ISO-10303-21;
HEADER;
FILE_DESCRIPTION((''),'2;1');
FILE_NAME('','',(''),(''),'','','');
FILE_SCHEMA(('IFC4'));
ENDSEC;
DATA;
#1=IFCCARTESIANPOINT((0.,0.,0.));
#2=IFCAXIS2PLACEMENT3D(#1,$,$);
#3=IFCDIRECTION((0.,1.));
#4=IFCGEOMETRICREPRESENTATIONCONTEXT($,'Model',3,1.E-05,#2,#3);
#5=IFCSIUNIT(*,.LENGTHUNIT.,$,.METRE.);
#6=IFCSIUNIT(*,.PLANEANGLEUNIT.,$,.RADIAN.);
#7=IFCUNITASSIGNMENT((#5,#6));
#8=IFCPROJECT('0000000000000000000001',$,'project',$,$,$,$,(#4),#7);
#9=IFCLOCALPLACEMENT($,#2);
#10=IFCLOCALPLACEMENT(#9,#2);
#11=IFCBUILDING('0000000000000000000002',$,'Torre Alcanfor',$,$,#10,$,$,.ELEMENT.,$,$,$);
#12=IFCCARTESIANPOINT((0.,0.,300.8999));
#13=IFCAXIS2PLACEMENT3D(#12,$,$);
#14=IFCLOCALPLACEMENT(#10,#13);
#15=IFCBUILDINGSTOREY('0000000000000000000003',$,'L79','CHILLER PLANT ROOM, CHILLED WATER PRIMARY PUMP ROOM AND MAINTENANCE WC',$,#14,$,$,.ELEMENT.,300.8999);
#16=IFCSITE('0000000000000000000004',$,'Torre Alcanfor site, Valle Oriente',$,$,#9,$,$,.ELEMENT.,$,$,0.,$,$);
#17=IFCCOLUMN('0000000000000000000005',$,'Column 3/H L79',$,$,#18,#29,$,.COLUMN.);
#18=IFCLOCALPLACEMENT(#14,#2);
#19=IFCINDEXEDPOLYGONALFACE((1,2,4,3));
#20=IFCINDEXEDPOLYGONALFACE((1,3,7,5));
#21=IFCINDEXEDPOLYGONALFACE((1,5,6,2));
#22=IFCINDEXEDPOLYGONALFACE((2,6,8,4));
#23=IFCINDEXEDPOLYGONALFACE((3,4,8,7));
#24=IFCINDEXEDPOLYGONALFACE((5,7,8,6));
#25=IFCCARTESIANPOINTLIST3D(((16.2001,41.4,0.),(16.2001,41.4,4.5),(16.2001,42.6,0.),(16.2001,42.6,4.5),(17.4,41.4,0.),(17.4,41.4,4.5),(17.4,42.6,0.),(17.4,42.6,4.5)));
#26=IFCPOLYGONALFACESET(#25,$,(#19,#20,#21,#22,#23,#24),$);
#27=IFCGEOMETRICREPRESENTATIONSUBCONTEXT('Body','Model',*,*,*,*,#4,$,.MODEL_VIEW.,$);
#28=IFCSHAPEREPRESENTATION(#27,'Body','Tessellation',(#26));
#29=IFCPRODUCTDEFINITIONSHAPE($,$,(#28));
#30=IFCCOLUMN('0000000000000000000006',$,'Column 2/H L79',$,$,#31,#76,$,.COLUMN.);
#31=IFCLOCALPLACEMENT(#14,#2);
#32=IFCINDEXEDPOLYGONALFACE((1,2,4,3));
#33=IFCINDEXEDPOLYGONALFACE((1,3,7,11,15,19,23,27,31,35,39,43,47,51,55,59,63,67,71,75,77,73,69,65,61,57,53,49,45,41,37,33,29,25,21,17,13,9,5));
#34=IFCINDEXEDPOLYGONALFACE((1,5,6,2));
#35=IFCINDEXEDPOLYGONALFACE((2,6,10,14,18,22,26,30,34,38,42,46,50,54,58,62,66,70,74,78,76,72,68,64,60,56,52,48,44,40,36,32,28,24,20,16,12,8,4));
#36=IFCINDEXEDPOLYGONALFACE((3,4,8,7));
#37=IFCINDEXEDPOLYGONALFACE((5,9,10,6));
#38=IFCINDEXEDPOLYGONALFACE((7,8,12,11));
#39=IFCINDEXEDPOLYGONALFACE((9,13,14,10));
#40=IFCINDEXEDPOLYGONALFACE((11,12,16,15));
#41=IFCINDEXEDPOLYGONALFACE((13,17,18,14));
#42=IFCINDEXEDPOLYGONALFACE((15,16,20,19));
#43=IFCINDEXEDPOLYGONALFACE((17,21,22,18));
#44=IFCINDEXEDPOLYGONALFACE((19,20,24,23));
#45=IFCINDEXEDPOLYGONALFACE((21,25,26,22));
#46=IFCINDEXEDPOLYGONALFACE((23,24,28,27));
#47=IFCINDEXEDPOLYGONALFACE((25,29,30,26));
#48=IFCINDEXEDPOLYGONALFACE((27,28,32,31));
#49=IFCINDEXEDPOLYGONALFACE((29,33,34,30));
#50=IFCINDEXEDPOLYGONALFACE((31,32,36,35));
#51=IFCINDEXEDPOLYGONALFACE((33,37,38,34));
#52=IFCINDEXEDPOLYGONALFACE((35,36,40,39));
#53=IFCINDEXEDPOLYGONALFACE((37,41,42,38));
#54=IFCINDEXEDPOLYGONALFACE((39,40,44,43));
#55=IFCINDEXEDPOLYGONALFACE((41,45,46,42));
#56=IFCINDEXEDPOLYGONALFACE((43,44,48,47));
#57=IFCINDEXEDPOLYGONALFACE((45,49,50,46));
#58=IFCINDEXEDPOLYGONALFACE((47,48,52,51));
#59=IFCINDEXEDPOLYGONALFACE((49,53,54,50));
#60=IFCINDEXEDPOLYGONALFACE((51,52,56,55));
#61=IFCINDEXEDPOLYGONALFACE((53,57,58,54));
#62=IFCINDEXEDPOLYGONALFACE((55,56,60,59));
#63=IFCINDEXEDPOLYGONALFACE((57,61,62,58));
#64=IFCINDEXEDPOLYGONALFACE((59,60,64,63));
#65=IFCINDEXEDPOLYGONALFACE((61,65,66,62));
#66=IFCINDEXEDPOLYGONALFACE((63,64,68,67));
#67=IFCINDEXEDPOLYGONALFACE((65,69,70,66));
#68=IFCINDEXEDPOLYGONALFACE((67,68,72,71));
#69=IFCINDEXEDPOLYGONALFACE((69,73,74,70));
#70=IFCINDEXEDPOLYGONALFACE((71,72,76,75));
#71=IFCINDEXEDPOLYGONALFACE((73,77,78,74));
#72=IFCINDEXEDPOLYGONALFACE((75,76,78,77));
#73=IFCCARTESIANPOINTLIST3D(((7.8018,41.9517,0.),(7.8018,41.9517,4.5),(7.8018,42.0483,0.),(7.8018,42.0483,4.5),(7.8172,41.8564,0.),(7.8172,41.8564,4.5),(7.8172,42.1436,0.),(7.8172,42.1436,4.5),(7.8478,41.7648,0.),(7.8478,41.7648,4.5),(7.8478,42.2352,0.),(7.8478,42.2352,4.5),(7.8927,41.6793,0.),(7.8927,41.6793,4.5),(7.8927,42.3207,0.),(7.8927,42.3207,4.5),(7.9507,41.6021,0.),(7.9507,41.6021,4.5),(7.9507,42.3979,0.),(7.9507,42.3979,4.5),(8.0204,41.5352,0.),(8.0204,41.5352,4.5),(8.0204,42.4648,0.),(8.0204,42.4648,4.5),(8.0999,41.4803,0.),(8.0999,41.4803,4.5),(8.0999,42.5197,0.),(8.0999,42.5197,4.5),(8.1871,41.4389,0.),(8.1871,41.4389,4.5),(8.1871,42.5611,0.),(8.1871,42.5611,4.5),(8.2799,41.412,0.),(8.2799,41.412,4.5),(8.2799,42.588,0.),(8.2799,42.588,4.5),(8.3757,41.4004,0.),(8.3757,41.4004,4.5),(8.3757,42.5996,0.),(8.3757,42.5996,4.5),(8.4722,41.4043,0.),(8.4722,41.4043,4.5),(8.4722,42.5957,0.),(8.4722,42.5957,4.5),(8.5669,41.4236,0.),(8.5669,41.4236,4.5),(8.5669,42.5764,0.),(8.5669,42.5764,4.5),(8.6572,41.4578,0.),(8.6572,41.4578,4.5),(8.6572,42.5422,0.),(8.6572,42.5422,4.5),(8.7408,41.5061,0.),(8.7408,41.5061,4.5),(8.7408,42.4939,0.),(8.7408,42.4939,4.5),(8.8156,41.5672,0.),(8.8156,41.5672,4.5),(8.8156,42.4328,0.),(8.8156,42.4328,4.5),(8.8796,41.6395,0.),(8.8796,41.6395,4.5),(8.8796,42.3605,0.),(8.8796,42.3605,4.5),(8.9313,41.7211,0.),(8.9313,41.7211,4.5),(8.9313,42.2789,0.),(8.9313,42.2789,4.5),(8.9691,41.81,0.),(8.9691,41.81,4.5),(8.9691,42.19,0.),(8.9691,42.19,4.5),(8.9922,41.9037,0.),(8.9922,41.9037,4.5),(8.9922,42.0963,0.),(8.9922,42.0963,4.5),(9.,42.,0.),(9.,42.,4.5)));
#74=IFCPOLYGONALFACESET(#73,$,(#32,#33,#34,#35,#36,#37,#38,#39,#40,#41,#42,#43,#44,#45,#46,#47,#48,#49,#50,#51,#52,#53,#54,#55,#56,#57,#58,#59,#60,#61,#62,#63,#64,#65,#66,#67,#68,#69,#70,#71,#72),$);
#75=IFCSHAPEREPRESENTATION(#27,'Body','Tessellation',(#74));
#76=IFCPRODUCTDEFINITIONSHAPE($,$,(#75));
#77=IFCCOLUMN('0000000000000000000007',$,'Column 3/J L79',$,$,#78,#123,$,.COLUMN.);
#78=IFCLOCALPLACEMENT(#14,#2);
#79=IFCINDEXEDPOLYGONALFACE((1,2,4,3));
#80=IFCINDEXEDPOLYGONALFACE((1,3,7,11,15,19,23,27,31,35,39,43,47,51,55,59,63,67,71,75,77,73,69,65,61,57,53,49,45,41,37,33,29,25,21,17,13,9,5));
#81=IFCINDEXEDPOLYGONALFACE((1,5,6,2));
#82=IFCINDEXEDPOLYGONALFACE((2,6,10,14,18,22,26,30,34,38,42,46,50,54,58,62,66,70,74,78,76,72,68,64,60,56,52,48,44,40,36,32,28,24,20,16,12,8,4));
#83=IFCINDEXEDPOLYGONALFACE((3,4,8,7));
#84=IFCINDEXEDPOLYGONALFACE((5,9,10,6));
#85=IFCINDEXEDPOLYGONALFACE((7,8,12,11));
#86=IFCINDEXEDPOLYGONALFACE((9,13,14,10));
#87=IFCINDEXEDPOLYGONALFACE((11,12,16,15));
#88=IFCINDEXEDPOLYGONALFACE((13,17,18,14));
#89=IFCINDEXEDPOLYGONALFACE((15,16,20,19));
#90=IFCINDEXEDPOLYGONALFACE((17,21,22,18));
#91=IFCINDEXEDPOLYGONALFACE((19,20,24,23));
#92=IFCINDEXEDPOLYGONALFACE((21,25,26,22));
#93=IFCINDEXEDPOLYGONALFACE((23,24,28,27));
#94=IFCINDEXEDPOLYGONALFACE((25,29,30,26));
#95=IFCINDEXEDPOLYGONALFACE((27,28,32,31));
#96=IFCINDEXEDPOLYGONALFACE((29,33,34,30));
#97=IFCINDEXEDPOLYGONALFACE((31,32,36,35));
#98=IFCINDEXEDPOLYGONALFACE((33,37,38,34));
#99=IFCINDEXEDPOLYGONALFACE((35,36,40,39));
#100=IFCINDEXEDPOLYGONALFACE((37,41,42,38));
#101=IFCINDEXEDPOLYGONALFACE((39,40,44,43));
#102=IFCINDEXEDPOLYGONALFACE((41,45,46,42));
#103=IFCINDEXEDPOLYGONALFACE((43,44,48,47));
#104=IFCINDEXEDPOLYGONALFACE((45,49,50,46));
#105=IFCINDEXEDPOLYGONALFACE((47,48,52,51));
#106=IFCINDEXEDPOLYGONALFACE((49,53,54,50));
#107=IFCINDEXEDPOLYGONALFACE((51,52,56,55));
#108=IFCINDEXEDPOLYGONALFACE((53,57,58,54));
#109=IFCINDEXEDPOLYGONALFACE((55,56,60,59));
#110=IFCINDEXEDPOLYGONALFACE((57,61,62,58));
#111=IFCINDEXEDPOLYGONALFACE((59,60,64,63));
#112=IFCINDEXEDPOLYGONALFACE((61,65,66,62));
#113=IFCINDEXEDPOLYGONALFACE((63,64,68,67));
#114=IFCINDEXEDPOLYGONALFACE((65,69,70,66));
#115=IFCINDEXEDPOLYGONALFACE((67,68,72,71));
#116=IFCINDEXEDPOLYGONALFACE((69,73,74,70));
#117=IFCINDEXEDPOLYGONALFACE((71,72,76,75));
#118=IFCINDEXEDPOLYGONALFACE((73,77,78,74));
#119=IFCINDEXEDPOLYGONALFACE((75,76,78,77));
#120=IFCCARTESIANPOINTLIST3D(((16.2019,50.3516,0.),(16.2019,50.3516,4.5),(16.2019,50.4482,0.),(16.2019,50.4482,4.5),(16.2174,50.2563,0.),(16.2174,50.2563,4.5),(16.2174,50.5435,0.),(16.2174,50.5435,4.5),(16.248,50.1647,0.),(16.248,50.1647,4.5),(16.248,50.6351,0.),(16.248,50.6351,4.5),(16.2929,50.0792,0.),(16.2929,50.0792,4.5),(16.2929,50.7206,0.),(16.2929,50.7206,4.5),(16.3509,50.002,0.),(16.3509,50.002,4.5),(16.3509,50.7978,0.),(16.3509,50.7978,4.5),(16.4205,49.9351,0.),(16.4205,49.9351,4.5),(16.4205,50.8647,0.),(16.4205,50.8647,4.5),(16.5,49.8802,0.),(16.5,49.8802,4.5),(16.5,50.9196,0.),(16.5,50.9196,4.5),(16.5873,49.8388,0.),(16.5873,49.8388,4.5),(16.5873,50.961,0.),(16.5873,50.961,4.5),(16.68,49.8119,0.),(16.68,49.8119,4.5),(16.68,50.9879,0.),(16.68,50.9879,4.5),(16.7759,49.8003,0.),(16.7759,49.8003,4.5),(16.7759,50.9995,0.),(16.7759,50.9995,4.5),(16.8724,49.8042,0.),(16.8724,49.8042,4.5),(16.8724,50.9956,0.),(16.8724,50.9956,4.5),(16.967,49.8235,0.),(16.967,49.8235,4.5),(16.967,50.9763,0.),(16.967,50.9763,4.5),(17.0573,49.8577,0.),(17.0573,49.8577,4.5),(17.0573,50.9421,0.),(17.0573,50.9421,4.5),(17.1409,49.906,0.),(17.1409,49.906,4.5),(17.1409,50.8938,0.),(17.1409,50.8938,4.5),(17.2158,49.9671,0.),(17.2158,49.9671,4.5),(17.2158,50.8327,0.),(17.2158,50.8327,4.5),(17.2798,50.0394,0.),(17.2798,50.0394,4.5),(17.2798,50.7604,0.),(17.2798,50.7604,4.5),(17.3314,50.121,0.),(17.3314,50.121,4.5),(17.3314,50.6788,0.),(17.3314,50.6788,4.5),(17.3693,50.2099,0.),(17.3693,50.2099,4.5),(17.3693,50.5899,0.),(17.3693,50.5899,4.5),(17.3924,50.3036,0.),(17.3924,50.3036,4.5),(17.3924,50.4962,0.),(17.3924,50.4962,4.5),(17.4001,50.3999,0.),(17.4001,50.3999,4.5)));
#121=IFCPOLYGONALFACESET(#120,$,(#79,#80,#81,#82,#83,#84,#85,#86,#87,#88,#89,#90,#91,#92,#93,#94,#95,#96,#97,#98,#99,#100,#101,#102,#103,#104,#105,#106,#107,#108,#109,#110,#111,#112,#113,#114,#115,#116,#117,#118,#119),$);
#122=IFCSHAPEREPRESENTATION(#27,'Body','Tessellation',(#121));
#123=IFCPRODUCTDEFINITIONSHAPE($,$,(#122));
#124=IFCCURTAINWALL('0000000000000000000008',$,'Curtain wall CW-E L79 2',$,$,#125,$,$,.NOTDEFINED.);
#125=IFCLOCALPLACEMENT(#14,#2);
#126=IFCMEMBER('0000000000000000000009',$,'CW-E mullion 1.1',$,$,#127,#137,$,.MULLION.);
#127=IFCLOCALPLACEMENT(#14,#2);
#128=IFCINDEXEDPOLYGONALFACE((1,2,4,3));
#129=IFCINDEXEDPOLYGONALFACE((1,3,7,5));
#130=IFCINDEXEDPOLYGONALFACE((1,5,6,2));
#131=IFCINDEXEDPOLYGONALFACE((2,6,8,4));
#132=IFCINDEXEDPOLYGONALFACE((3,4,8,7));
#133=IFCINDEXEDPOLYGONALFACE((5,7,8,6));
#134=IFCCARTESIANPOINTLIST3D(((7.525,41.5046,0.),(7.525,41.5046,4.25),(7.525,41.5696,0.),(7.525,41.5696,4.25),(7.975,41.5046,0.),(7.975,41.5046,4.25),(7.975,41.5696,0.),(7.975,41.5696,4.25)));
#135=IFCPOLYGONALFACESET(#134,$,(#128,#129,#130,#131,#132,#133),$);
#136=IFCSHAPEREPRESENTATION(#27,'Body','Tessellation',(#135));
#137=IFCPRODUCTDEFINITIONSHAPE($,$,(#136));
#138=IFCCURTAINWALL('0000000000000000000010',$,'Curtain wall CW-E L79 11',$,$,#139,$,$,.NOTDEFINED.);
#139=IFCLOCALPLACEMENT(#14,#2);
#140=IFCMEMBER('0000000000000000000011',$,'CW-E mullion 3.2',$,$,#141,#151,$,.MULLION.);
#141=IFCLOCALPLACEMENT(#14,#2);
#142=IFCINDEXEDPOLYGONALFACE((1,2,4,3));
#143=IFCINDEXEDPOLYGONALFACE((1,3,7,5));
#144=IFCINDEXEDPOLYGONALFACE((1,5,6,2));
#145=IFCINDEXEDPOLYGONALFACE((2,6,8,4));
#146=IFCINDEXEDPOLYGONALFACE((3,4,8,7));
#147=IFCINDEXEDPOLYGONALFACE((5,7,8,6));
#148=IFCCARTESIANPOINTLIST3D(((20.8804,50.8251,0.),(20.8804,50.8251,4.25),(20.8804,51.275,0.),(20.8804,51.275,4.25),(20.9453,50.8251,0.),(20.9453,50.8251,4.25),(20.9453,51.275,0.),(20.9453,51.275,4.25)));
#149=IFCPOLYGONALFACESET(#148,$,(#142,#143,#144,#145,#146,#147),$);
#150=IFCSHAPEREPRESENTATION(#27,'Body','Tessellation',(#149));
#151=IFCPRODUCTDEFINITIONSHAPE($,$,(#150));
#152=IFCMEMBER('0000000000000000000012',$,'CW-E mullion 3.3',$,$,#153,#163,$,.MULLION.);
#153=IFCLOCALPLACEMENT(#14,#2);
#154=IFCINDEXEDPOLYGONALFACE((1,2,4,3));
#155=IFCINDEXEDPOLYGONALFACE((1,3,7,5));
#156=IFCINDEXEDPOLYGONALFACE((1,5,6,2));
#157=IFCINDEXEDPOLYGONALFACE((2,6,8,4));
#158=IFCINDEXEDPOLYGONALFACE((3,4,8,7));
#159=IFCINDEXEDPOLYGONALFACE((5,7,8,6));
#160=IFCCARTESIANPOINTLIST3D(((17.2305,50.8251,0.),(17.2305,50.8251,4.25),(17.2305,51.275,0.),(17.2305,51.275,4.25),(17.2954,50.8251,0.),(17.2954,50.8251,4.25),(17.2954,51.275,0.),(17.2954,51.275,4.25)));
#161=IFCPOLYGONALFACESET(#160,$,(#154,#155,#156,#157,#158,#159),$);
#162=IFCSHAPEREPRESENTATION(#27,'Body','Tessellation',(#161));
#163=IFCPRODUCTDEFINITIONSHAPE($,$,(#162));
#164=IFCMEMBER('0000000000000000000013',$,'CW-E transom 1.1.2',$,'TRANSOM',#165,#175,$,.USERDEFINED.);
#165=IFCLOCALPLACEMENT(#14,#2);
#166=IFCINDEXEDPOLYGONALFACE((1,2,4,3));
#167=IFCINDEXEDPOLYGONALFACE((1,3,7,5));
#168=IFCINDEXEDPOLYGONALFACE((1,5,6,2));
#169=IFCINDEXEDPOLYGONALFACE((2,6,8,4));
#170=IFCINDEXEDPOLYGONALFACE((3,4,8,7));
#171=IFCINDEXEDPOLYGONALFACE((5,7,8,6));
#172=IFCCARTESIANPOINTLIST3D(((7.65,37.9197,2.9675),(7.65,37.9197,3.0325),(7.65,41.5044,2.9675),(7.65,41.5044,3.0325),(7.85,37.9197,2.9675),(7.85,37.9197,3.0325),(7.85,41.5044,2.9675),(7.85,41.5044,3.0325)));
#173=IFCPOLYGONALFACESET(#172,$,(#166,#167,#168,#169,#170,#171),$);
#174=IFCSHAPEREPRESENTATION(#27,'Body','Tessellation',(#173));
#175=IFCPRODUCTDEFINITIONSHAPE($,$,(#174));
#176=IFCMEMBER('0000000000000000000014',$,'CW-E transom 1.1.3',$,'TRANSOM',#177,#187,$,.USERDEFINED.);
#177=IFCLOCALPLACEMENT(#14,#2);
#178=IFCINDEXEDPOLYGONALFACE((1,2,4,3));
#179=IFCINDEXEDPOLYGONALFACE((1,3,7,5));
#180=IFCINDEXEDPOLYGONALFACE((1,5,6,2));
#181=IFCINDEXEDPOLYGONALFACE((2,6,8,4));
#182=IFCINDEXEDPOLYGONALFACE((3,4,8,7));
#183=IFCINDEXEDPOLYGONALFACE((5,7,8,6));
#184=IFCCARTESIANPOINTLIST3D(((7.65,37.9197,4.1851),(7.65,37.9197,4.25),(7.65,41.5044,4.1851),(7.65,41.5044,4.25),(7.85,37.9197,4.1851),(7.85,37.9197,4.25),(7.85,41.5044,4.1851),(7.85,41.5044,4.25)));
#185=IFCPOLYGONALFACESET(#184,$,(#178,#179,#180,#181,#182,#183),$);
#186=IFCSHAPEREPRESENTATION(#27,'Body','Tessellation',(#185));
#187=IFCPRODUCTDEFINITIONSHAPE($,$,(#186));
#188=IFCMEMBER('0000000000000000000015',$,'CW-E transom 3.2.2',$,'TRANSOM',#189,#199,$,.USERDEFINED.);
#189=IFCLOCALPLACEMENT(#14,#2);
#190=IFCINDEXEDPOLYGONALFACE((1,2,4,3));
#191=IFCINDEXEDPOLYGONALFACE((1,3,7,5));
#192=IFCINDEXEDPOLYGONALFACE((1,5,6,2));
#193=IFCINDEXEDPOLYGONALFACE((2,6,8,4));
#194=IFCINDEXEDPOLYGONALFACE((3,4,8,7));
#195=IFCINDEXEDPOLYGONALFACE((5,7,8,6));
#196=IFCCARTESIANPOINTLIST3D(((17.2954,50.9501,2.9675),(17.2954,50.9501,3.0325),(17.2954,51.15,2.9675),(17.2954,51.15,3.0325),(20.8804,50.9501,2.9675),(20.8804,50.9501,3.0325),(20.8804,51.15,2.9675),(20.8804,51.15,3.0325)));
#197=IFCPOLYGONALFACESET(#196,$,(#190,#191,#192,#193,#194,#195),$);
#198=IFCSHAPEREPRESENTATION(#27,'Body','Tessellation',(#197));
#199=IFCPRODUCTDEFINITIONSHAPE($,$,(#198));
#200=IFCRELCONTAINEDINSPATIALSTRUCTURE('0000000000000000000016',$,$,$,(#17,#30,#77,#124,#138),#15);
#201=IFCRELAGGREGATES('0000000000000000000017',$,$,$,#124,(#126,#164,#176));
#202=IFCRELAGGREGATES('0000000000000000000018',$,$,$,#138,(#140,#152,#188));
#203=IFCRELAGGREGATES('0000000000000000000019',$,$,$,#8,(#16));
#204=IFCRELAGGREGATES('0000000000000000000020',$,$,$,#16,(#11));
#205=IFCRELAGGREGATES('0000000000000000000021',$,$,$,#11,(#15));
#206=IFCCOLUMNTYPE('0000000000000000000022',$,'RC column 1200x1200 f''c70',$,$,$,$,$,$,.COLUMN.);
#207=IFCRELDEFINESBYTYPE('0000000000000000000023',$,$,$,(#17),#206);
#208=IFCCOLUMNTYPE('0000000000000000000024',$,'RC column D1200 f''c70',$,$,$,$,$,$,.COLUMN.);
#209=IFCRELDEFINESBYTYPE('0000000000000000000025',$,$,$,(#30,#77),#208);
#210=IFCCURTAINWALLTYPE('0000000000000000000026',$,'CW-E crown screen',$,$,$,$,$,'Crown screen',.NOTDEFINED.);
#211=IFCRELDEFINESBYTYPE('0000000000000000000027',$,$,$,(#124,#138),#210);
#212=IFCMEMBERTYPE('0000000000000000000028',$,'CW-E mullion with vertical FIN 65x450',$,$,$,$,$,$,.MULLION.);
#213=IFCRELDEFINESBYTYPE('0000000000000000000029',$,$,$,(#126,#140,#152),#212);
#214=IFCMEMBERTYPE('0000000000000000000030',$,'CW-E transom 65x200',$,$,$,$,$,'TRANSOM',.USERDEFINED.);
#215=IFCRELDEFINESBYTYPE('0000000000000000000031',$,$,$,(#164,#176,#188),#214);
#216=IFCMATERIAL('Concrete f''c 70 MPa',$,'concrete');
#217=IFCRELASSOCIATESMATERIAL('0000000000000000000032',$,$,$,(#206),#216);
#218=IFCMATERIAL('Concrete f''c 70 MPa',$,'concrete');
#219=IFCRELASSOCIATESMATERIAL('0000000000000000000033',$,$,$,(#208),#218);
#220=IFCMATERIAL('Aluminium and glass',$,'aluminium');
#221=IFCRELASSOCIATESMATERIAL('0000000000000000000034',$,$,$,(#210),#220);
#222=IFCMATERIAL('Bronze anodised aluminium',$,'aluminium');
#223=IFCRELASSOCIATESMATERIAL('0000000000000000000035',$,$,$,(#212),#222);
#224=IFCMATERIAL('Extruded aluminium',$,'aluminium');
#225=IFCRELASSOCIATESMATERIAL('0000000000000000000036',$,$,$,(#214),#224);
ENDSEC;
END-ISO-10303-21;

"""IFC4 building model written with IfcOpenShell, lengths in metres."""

from ifc_helpers import new_model, si_unit, direction, frame, origin, origin_2d, place, context, subcontext, project, spatial, rectangle, circle, extrude, material, material_profile, profile_set, type_object, element, aggregate, save


model = new_model("IFC4")

# Units and contexts
model_context = context("Model", 3, precision=1e-05, world=origin(), true_north=direction((0.0, 1.0)))
body_context = subcontext(model_context, "Body", "Model", "MODEL_VIEW")
ifc_project = project(units=[si_unit("LENGTHUNIT", "METRE"), si_unit("PLANEANGLEUNIT", "RADIAN")], contexts=[model_context])

# Site, building, storey
site_placement = place(None, origin())
site = spatial("IfcSite", under=ifc_project, at=site_placement, Name="Torre Alcanfor site, Valle Oriente", CompositionType="ELEMENT", RefElevation=0.0)
building_placement = place(site_placement, origin())
building = spatial("IfcBuilding", under=site, at=building_placement, Name="Torre Alcanfor", CompositionType="ELEMENT")
storey_placement = place(building_placement, frame((0.0, 0.0, 300.8999)))
storey = spatial("IfcBuildingStorey", under=building, at=storey_placement, Name="L79", Description="CHILLER PLANT ROOM, CHILLED WATER PRIMARY PUMP ROOM AND MAINTENANCE WC", CompositionType="ELEMENT", Elevation=300.8999)

# Columns
ifc_material_1 = material(Name="Concrete f'c 70 MPa", Category="concrete")
ifc_material_profile_1 = material_profile(ifc_material_1, rectangle(XDim=1.2, YDim=1.2, at=origin_2d()), Name="1200x1200")
ifc_profile_set_1 = profile_set([ifc_material_profile_1], Name="Concrete f'c 70 MPa")
column_type_1 = type_object("IfcColumnType", Name="RC column 1200x1200 f'c70", PredefinedType="COLUMN", material=ifc_profile_set_1)
column_placement = place(storey_placement, frame((16.8, 42.0, 0.0), z_axis=(0.0, 0.0, 1.0), x_axis=(1.0, 0.0, 0.0)))
element("IfcColumn", 1, at=column_placement, inside=storey, type_object=column_type_1, Name="Column 3/H L79", PredefinedType="COLUMN", context=body_context, shape_type="SweptSolid", body=[
    extrude(rectangle(XDim=1.2, YDim=1.2, at=origin_2d()), origin(), (0.0, 0.0, 1.0), 4.5),
])
ifc_material_2 = material(Name="Concrete f'c 70 MPa", Category="concrete")
ifc_material_profile_2 = material_profile(ifc_material_2, circle(Radius=0.6001, at=origin_2d()), Name="D1200")
ifc_profile_set_2 = profile_set([ifc_material_profile_2], Name="Concrete f'c 70 MPa")
column_type_2 = type_object("IfcColumnType", Name="RC column D1200 f'c70", PredefinedType="COLUMN", material=ifc_profile_set_2)
for number, where, z_axis, x_axis, name in (
    (2, (8.3999, 42.0, 0.0), (0.0, 0.0, 1.0), (1.0, 0.0, 0.0), "Column 2/H L79"),
    (3, (16.8, 50.3999, 0.0), (0.0, 0.0, 1.0), (1.0, 0.0, 0.0), "Column 3/J L79"),
):
    element("IfcColumn", number, at=place(storey_placement, frame(where, z_axis=z_axis, x_axis=x_axis)), inside=storey, type_object=column_type_2, Name=name, PredefinedType="COLUMN", context=body_context, shape_type="SweptSolid", body=[
        extrude(circle(Radius=0.6001, at=origin_2d()), origin(), (0.0, 0.0, 1.0), 4.5),
    ])

# Curtain wall, member
ifc_material_3 = material(Name="Aluminium and glass", Category="aluminium")
curtain_wall_type = type_object("IfcCurtainWallType", Name="CW-E crown screen", ElementType="Crown screen", PredefinedType="NOTDEFINED", material=ifc_material_3)
curtain_wall_1_placement = place(storey_placement, origin())
curtain_wall_1 = element("IfcCurtainWall", 4, at=curtain_wall_1_placement, inside=storey, type_object=curtain_wall_type, Name="Curtain wall CW-E L79 2", PredefinedType="NOTDEFINED")
ifc_material_4 = material(Name="Bronze anodised aluminium", Category="aluminium")
ifc_material_profile_3 = material_profile(ifc_material_4, rectangle(XDim=0.45, YDim=0.0649, at=origin_2d()), Name="CW-E mullion 65x450")
ifc_profile_set_3 = profile_set([ifc_material_profile_3], Name="Bronze anodised aluminium")
member_type_1 = type_object("IfcMemberType", Name="CW-E mullion with vertical FIN 65x450", PredefinedType="MULLION", material=ifc_profile_set_3)
member_1_placement = place(storey_placement, frame((7.75, 41.5371, 0.0), z_axis=(0.0, 0.0, 1.0), x_axis=(1.0, 0.0, 0.0)))
member_1 = element("IfcMember", 5, at=member_1_placement, type_object=member_type_1, Name="CW-E mullion 1.1", PredefinedType="MULLION", context=body_context, shape_type="SweptSolid", body=[
    extrude(rectangle(XDim=0.45, YDim=0.0649, at=origin_2d()), origin(), (0.0, 0.0, 1.0), 4.25),
])

# Curtain wall, members
curtain_wall_2_placement = place(storey_placement, origin())
curtain_wall_2 = element("IfcCurtainWall", 6, at=curtain_wall_2_placement, inside=storey, type_object=curtain_wall_type, Name="Curtain wall CW-E L79 11", PredefinedType="NOTDEFINED")
member_2_placement = place(storey_placement, frame((20.9128, 51.05, 0.0), z_axis=(0.0, 0.0, 1.0), x_axis=(0.0, -1.0, 0.0)))
member_2 = element("IfcMember", 7, at=member_2_placement, type_object=member_type_1, Name="CW-E mullion 3.2", PredefinedType="MULLION", context=body_context, shape_type="SweptSolid", body=[
    extrude(rectangle(XDim=0.45, YDim=0.0649, at=origin_2d()), origin(), (0.0, 0.0, 1.0), 4.25),
])
member_3_placement = place(storey_placement, frame((17.2629, 51.05, 0.0), z_axis=(0.0, 0.0, 1.0), x_axis=(0.0, -1.0, 0.0)))
member_3 = element("IfcMember", 8, at=member_3_placement, type_object=member_type_1, Name="CW-E mullion 3.3", PredefinedType="MULLION", context=body_context, shape_type="SweptSolid", body=[
    extrude(rectangle(XDim=0.45, YDim=0.0649, at=origin_2d()), origin(), (0.0, 0.0, 1.0), 4.25),
])

# Members
ifc_material_5 = material(Name="Extruded aluminium", Category="aluminium")
ifc_material_profile_4 = material_profile(ifc_material_5, rectangle(XDim=0.2, YDim=0.0649, at=origin_2d()), Name="CW-E transom 200x65")
ifc_profile_set_4 = profile_set([ifc_material_profile_4], Name="Extruded aluminium")
member_type_2 = type_object("IfcMemberType", Name="CW-E transom 65x200", ElementType="TRANSOM", PredefinedType="USERDEFINED", material=ifc_profile_set_4)
member_4_placement = place(storey_placement, frame((7.75, 41.5044, 3.0), z_axis=(0.0, -1.0, 0.0), x_axis=(1.0, 0.0, 0.0)))
member_4 = element("IfcMember", 9, at=member_4_placement, type_object=member_type_2, Name="CW-E transom 1.1.2", ObjectType="TRANSOM", PredefinedType="USERDEFINED", context=body_context, shape_type="SweptSolid", body=[
    extrude(rectangle(XDim=0.2, YDim=0.0649, at=origin_2d()), origin(), (0.0, 0.0, 1.0), 3.5847),
])
member_5_placement = place(storey_placement, frame((7.75, 41.5044, 4.2175), z_axis=(0.0, -1.0, 0.0), x_axis=(1.0, 0.0, 0.0)))
member_5 = element("IfcMember", 10, at=member_5_placement, type_object=member_type_2, Name="CW-E transom 1.1.3", ObjectType="TRANSOM", PredefinedType="USERDEFINED", context=body_context, shape_type="SweptSolid", body=[
    extrude(rectangle(XDim=0.2, YDim=0.0649, at=origin_2d()), origin(), (0.0, 0.0, 1.0), 3.5847),
])
aggregate(curtain_wall_1, [member_1, member_4, member_5])
member_6_placement = place(storey_placement, frame((20.8804, 51.05, 3.0), z_axis=(-1.0, 0.0, 0.0), x_axis=(0.0, -1.0, 0.0)))
member_6 = element("IfcMember", 11, at=member_6_placement, type_object=member_type_2, Name="CW-E transom 3.2.2", ObjectType="TRANSOM", PredefinedType="USERDEFINED", context=body_context, shape_type="SweptSolid", body=[
    extrude(rectangle(XDim=0.2, YDim=0.0649, at=origin_2d()), origin(), (0.0, 0.0, 1.0), 3.585),
])

aggregate(curtain_wall_2, [member_2, member_3, member_6])

save(model, "model.ifc")
